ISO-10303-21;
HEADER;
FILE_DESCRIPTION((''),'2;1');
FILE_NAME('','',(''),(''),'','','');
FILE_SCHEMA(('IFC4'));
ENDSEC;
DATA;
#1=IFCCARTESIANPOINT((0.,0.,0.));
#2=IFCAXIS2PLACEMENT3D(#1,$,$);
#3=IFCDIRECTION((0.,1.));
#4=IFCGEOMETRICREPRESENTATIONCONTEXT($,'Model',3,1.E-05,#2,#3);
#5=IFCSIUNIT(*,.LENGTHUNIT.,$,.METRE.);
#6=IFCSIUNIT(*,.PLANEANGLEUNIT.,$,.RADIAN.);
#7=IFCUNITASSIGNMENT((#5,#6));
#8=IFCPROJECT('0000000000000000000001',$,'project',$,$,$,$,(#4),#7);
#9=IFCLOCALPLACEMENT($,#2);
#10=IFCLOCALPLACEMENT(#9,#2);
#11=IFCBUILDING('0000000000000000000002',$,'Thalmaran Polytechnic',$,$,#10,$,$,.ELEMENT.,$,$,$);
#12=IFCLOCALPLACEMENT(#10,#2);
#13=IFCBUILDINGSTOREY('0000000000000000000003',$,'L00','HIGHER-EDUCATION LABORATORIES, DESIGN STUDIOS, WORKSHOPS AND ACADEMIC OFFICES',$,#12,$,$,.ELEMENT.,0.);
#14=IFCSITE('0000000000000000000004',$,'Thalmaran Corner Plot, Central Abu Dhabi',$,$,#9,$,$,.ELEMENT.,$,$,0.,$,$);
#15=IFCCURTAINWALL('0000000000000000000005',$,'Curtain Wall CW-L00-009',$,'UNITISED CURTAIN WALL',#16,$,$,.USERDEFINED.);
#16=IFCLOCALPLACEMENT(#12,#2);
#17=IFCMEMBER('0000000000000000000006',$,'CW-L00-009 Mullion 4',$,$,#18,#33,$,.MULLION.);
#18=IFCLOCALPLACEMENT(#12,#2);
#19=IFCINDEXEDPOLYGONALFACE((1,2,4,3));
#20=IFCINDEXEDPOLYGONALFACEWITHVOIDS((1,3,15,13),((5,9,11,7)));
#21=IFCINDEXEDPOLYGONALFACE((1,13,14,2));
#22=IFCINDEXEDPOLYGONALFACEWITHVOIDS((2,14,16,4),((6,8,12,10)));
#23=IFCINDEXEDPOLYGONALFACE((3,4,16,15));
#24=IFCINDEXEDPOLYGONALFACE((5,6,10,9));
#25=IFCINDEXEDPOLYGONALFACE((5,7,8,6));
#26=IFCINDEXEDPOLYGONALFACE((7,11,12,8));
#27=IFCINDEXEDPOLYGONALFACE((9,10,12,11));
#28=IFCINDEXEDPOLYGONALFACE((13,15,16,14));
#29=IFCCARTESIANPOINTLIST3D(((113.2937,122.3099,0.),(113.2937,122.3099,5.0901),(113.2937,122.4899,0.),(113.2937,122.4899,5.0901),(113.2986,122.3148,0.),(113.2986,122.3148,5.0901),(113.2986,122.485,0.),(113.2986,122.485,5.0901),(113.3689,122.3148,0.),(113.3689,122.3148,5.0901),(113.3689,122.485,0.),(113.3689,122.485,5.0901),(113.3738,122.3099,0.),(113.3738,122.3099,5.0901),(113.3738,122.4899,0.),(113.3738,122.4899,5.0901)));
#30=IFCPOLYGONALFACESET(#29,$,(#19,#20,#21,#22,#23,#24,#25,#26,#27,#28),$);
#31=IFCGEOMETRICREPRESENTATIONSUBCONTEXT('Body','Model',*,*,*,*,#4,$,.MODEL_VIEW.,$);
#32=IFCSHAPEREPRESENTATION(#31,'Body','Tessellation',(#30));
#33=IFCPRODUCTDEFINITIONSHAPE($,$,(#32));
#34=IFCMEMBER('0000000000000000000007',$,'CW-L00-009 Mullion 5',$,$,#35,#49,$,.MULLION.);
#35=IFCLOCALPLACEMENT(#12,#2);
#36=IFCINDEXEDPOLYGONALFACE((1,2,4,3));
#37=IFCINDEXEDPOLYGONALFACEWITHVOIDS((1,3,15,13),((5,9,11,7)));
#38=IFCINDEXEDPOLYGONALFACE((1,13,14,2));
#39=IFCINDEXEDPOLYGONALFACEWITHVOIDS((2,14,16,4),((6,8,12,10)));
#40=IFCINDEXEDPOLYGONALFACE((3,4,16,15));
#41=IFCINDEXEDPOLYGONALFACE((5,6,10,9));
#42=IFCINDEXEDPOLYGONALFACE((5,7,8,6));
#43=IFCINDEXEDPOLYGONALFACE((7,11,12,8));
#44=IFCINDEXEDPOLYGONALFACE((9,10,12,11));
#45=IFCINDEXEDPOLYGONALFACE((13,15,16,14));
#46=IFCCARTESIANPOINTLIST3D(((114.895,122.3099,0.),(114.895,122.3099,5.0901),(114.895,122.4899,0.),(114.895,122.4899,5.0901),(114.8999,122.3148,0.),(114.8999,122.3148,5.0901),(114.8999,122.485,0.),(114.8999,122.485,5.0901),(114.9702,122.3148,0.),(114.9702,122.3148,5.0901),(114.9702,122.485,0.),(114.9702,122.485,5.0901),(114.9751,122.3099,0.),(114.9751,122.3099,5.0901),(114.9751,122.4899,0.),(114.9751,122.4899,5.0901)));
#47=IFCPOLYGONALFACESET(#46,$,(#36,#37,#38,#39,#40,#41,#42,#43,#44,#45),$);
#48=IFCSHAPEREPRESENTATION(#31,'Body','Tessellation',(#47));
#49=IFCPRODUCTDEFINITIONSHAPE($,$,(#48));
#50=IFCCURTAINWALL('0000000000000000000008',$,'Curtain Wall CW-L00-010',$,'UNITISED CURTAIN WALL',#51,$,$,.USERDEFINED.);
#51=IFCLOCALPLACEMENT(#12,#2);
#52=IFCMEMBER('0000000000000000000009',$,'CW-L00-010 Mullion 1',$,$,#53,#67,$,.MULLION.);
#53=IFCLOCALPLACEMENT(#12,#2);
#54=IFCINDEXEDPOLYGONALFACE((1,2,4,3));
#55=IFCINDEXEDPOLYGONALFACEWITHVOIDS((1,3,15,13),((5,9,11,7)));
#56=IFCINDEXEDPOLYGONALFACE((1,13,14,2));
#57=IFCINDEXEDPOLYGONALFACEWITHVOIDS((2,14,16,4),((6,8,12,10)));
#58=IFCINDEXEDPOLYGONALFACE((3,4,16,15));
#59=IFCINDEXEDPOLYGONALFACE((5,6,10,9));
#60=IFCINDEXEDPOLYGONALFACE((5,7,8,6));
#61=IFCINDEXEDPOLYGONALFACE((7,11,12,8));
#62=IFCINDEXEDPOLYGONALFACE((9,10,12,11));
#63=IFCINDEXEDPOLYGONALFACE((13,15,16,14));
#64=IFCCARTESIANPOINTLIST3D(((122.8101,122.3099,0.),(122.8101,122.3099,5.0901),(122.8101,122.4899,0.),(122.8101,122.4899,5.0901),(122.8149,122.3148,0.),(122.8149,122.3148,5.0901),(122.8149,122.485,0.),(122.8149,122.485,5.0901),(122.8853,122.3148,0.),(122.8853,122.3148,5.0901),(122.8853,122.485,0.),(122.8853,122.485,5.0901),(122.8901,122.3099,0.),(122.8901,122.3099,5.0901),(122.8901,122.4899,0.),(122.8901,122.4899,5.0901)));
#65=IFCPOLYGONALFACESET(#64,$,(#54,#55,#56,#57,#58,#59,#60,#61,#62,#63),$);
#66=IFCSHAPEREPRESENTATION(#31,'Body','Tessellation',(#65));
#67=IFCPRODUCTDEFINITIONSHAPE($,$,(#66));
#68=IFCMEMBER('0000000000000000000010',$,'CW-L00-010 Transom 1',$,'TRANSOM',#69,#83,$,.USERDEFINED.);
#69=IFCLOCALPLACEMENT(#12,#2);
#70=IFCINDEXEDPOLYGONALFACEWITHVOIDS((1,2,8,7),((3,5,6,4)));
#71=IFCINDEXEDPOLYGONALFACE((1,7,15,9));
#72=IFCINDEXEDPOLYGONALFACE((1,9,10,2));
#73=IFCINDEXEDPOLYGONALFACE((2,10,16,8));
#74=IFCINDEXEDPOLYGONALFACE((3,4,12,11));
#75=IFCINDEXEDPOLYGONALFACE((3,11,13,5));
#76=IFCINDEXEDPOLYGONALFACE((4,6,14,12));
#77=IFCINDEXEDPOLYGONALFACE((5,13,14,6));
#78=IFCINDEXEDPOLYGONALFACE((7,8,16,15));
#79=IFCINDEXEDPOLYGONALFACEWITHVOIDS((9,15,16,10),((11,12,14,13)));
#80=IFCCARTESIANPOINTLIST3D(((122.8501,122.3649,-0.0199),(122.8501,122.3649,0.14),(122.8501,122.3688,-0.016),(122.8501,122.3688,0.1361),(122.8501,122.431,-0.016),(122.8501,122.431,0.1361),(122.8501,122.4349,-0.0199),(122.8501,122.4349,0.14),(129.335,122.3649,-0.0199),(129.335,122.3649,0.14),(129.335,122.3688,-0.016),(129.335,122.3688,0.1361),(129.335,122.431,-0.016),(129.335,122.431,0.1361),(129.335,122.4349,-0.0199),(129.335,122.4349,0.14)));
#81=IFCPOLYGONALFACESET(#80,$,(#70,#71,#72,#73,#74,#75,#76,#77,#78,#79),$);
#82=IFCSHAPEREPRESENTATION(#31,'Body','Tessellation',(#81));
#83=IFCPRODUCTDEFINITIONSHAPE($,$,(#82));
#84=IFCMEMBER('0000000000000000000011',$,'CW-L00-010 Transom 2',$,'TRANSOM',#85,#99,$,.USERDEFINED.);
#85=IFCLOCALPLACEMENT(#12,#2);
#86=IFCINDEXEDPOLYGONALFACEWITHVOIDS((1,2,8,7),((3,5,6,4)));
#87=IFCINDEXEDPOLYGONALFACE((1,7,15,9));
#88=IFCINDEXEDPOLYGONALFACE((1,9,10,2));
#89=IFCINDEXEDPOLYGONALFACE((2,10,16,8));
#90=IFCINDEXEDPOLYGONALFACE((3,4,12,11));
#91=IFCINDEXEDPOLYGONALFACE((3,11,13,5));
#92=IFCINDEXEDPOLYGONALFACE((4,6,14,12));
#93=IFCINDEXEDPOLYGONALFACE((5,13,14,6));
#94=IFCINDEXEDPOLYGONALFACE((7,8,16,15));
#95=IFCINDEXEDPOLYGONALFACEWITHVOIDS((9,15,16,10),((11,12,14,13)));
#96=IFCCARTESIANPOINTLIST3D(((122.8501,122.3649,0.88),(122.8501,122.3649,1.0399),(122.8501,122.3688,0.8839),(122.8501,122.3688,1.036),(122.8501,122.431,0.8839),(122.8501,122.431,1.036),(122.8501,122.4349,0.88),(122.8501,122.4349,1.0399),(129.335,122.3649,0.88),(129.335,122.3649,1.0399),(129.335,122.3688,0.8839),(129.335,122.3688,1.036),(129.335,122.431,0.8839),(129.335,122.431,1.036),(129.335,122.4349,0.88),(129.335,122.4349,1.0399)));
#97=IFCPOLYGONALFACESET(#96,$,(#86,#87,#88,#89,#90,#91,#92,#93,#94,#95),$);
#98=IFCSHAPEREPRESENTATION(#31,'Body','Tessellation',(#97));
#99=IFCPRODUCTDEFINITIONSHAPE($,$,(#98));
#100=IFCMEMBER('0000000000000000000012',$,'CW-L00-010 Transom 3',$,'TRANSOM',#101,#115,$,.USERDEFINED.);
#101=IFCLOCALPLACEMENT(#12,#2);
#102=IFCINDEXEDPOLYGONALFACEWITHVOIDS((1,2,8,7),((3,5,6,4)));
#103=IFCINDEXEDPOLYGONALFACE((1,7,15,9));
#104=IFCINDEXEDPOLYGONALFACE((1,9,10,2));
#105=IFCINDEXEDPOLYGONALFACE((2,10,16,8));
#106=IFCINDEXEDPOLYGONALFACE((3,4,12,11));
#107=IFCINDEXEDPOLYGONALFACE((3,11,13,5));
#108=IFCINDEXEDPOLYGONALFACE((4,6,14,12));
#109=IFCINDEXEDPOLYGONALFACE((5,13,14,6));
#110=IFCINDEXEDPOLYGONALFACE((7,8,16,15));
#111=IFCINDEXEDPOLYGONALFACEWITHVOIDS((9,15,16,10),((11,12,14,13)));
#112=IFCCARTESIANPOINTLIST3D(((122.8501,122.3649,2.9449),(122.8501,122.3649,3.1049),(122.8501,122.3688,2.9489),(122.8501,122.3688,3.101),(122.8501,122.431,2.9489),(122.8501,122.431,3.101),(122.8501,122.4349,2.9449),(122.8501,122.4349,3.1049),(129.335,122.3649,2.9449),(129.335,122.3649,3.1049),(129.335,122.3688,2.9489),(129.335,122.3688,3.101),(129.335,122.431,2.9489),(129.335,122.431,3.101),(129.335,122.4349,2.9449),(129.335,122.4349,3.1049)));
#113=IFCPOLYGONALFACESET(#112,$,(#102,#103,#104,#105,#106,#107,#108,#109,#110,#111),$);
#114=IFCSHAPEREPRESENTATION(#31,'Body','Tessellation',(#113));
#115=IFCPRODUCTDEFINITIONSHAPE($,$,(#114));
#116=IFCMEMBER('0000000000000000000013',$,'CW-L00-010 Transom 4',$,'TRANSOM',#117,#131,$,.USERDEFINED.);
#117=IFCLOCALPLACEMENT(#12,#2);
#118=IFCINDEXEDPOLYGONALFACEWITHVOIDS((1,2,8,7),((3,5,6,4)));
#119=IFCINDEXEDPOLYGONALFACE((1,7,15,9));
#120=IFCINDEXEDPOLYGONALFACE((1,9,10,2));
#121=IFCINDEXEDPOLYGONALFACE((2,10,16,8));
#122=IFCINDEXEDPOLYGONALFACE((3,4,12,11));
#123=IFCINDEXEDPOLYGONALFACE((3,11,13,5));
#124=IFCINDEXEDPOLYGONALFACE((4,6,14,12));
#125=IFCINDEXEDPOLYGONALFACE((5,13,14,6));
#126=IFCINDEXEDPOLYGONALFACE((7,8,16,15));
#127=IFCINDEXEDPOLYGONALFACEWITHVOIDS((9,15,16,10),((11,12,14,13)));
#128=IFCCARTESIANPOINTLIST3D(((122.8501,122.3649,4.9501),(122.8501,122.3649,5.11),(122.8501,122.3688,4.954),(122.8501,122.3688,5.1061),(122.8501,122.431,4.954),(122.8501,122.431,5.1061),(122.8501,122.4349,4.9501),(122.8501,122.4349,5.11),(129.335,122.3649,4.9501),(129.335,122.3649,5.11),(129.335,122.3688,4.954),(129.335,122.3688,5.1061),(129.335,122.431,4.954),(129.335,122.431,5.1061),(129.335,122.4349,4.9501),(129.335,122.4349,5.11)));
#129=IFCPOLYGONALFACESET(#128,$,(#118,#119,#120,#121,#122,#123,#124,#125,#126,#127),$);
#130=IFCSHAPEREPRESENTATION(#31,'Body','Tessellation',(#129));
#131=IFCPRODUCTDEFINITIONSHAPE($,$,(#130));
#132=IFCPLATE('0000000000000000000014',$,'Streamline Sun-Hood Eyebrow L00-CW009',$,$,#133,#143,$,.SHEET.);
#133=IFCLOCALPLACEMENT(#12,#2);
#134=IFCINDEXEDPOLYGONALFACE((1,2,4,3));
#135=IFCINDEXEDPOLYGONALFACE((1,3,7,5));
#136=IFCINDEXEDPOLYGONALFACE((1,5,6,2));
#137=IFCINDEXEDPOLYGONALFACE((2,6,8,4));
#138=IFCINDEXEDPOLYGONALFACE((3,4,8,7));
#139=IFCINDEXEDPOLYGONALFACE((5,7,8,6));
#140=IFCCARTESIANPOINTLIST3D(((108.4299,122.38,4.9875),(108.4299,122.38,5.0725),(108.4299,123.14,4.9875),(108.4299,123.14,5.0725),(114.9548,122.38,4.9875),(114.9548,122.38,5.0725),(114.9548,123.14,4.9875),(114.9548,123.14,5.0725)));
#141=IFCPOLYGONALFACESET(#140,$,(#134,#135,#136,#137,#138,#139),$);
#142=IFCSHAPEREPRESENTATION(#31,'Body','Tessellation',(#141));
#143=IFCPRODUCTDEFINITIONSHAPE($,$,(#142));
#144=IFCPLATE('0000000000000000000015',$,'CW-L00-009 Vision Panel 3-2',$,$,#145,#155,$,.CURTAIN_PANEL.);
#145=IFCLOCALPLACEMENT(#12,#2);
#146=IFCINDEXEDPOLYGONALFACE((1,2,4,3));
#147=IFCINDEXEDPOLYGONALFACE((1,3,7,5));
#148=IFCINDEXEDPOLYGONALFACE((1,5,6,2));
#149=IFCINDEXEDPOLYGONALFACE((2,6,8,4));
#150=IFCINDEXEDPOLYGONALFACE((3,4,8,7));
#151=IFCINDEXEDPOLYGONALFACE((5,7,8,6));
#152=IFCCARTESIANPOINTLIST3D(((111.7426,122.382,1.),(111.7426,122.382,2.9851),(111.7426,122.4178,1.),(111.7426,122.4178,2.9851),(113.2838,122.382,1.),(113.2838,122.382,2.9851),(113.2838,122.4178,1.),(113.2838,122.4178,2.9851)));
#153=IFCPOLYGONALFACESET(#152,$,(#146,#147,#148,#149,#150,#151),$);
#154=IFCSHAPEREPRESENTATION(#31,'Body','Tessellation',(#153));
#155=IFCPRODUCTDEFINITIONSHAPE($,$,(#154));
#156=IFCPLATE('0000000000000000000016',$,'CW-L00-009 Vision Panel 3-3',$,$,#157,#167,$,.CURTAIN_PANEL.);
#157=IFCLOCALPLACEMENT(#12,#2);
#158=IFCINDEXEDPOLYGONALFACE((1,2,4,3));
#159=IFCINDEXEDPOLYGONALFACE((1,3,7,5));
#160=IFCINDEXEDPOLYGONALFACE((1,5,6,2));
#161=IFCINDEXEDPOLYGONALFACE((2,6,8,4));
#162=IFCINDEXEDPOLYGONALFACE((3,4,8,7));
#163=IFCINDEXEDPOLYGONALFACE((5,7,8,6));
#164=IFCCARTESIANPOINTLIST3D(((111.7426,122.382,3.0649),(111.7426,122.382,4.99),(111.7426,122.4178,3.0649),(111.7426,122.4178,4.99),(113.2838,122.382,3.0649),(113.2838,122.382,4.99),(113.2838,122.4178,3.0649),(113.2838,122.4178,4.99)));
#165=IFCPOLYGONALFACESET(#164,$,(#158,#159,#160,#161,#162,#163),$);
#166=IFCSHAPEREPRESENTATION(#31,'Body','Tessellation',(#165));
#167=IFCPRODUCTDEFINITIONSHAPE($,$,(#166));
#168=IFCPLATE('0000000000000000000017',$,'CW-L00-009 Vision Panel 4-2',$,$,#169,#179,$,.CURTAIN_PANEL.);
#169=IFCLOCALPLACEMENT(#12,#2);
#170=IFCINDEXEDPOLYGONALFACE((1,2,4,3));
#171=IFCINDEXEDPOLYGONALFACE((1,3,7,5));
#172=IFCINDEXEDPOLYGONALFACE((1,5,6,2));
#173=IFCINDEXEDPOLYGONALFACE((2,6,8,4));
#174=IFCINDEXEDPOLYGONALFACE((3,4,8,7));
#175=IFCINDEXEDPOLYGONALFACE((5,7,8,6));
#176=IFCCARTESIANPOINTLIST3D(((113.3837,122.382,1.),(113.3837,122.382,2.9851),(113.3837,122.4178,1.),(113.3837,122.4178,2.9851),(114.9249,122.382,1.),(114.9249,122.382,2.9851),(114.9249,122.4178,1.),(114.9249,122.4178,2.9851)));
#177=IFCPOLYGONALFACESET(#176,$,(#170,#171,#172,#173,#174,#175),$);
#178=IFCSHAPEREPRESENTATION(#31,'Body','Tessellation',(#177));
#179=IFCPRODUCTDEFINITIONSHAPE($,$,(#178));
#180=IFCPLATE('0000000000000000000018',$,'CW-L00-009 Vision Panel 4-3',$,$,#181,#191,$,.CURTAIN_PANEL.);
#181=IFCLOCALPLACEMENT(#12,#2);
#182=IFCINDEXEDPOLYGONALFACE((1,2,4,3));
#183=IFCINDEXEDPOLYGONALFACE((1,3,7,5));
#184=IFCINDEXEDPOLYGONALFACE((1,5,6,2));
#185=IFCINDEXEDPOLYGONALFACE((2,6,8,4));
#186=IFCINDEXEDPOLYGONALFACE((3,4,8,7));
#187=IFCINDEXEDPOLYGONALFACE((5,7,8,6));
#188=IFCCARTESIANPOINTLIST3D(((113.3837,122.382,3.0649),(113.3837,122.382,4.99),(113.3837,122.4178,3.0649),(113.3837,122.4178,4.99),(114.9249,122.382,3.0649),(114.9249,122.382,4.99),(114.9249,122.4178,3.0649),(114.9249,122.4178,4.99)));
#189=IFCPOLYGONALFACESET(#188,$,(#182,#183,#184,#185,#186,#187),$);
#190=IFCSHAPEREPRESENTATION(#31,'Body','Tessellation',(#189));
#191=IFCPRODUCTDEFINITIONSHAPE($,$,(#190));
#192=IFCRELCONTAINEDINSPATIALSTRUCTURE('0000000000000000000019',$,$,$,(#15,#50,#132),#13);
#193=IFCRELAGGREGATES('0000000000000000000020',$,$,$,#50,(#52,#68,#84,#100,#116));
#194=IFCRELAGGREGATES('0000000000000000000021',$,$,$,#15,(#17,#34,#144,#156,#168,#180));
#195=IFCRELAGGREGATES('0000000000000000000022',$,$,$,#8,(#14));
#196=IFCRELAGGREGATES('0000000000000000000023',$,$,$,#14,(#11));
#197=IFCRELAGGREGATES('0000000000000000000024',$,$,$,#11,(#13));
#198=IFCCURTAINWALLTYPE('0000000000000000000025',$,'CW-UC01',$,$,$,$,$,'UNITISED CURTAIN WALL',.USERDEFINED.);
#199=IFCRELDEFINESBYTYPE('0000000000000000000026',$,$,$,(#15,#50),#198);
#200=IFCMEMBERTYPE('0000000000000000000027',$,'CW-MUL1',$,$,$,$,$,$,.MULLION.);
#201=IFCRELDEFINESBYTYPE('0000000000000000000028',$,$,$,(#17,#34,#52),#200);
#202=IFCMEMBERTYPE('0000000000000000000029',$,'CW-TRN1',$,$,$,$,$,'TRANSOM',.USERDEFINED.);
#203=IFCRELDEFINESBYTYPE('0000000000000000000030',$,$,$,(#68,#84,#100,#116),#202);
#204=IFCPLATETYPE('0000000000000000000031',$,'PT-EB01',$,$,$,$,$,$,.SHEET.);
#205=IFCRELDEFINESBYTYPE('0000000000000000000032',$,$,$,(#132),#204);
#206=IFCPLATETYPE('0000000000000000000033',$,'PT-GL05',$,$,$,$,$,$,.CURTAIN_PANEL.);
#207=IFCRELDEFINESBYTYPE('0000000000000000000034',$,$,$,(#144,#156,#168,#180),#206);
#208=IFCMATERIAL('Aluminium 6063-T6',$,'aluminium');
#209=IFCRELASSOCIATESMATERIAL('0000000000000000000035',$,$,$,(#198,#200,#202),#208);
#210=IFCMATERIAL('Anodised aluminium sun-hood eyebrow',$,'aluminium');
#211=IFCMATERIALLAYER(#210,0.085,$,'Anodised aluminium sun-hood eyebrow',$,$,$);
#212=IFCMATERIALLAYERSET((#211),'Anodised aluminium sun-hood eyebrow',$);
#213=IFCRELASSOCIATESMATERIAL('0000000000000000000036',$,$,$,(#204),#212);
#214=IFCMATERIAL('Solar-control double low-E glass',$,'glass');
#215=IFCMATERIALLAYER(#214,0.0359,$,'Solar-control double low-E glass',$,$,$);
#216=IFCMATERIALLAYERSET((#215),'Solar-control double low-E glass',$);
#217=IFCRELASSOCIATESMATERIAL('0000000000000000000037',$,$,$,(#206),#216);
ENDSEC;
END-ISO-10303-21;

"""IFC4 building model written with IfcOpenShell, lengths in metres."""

from ifc_helpers import new_model, si_unit, direction, frame, origin, origin_2d, place, context, subcontext, project, spatial, rectangle, hollow_rectangle, extrude, material, layer, layer_set, material_profile, profile_set, type_object, element, aggregate, save


model = new_model("IFC4")

# Units and contexts
model_context = context("Model", 3, precision=1e-05, world=origin(), true_north=direction((0.0, 1.0)))
body_context = subcontext(model_context, "Body", "Model", "MODEL_VIEW")
ifc_project = project(units=[si_unit("LENGTHUNIT", "METRE"), si_unit("PLANEANGLEUNIT", "RADIAN")], contexts=[model_context])

# Site, building, storey
site_placement = place(None, origin())
site = spatial("IfcSite", under=ifc_project, at=site_placement, Name="Thalmaran Corner Plot, Central Abu Dhabi", CompositionType="ELEMENT", RefElevation=0.0)
building_placement = place(site_placement, origin())
building = spatial("IfcBuilding", under=site, at=building_placement, Name="Thalmaran Polytechnic", CompositionType="ELEMENT")
storey_placement = place(building_placement, origin())
storey = spatial("IfcBuildingStorey", under=building, at=storey_placement, Name="L00", Description="HIGHER-EDUCATION LABORATORIES, DESIGN STUDIOS, WORKSHOPS AND ACADEMIC OFFICES", CompositionType="ELEMENT", Elevation=0.0)

# Curtain walls, members
ifc_material_1 = material(Name="Aluminium 6063-T6", Category="aluminium")
curtain_wall_type = type_object("IfcCurtainWallType", Name="CW-UC01", ElementType="UNITISED CURTAIN WALL", PredefinedType="USERDEFINED", material=ifc_material_1)
curtain_wall_1_placement = place(storey_placement, origin())
curtain_wall_1 = element("IfcCurtainWall", 1, at=curtain_wall_1_placement, inside=storey, type_object=curtain_wall_type, Name="Curtain Wall CW-L00-009", ObjectType="UNITISED CURTAIN WALL", PredefinedType="USERDEFINED")
ifc_material_profile_1 = material_profile(ifc_material_1, hollow_rectangle(XDim=0.0801, YDim=0.1799, WallThickness=0.0049, at=origin_2d()), Name="RHS 180x80x5.0")
ifc_profile_set_1 = profile_set([ifc_material_profile_1], Name="Aluminium 6063-T6")
member_type_1 = type_object("IfcMemberType", Name="CW-MUL1", PredefinedType="MULLION", material=ifc_profile_set_1)
member_1_placement = place(storey_placement, frame((113.3337, 122.3999, 0.0), z_axis=(0.0, 0.0, 1.0), x_axis=(1.0, 0.0, 0.0)))
member_1 = element("IfcMember", 2, at=member_1_placement, type_object=member_type_1, Name="CW-L00-009 Mullion 4", PredefinedType="MULLION", context=body_context, shape_type="SweptSolid", body=[
    extrude(hollow_rectangle(XDim=0.0801, YDim=0.1799, WallThickness=0.0049, at=origin_2d()), origin(), (0.0, 0.0, 1.0), 5.0901),
])
member_2_placement = place(storey_placement, frame((114.9351, 122.3999, 0.0), z_axis=(0.0, 0.0, 1.0), x_axis=(1.0, 0.0, 0.0)))
member_2 = element("IfcMember", 3, at=member_2_placement, type_object=member_type_1, Name="CW-L00-009 Mullion 5", PredefinedType="MULLION", context=body_context, shape_type="SweptSolid", body=[
    extrude(hollow_rectangle(XDim=0.0801, YDim=0.1799, WallThickness=0.0049, at=origin_2d()), origin(), (0.0, 0.0, 1.0), 5.0901),
])
curtain_wall_2_placement = place(storey_placement, origin())
curtain_wall_2 = element("IfcCurtainWall", 4, at=curtain_wall_2_placement, inside=storey, type_object=curtain_wall_type, Name="Curtain Wall CW-L00-010", ObjectType="UNITISED CURTAIN WALL", PredefinedType="USERDEFINED")
member_3_placement = place(storey_placement, frame((122.8501, 122.3999, 0.0), z_axis=(0.0, 0.0, 1.0), x_axis=(1.0, 0.0, 0.0)))
member_3 = element("IfcMember", 5, at=member_3_placement, type_object=member_type_1, Name="CW-L00-010 Mullion 1", PredefinedType="MULLION", context=body_context, shape_type="SweptSolid", body=[
    extrude(hollow_rectangle(XDim=0.0801, YDim=0.1799, WallThickness=0.0049, at=origin_2d()), origin(), (0.0, 0.0, 1.0), 5.0901),
])
ifc_material_profile_2 = material_profile(ifc_material_1, hollow_rectangle(XDim=0.0701, YDim=0.1599, WallThickness=0.0039, at=origin_2d()), Name="AL 160x70x4.0")
ifc_profile_set_2 = profile_set([ifc_material_profile_2], Name="Aluminium 6063-T6")
member_type_2 = type_object("IfcMemberType", Name="CW-TRN1", ElementType="TRANSOM", PredefinedType="USERDEFINED", material=ifc_profile_set_2)
member_4_placement = place(storey_placement, frame((122.8501, 122.3999, 0.0601), z_axis=(1.0, 0.0, 0.0), x_axis=(0.0, 1.0, 0.0)))
member_4 = element("IfcMember", 6, at=member_4_placement, type_object=member_type_2, Name="CW-L00-010 Transom 1", ObjectType="TRANSOM", PredefinedType="USERDEFINED", context=body_context, shape_type="SweptSolid", body=[
    extrude(hollow_rectangle(XDim=0.0701, YDim=0.1599, WallThickness=0.0039, at=origin_2d()), origin(), (0.0, 0.0, 1.0), 6.4849),
])
member_5_placement = place(storey_placement, frame((122.8501, 122.3999, 0.96), z_axis=(1.0, 0.0, 0.0), x_axis=(0.0, 1.0, 0.0)))
member_5 = element("IfcMember", 7, at=member_5_placement, type_object=member_type_2, Name="CW-L00-010 Transom 2", ObjectType="TRANSOM", PredefinedType="USERDEFINED", context=body_context, shape_type="SweptSolid", body=[
    extrude(hollow_rectangle(XDim=0.0701, YDim=0.1599, WallThickness=0.0039, at=origin_2d()), origin(), (0.0, 0.0, 1.0), 6.4849),
])
member_6_placement = place(storey_placement, frame((122.8501, 122.3999, 3.0249), z_axis=(1.0, 0.0, 0.0), x_axis=(0.0, 1.0, 0.0)))
member_6 = element("IfcMember", 8, at=member_6_placement, type_object=member_type_2, Name="CW-L00-010 Transom 3", ObjectType="TRANSOM", PredefinedType="USERDEFINED", context=body_context, shape_type="SweptSolid", body=[
    extrude(hollow_rectangle(XDim=0.0701, YDim=0.1599, WallThickness=0.0039, at=origin_2d()), origin(), (0.0, 0.0, 1.0), 6.4849),
])
member_7_placement = place(storey_placement, frame((122.8501, 122.3999, 5.03), z_axis=(1.0, 0.0, 0.0), x_axis=(0.0, 1.0, 0.0)))
member_7 = element("IfcMember", 9, at=member_7_placement, type_object=member_type_2, Name="CW-L00-010 Transom 4", ObjectType="TRANSOM", PredefinedType="USERDEFINED", context=body_context, shape_type="SweptSolid", body=[
    extrude(hollow_rectangle(XDim=0.0701, YDim=0.1599, WallThickness=0.0039, at=origin_2d()), origin(), (0.0, 0.0, 1.0), 6.4849),
])
aggregate(curtain_wall_2, [member_3, member_4, member_5, member_6, member_7])

# Plates
ifc_material_2 = material(Name="Anodised aluminium sun-hood eyebrow", Category="aluminium")
ifc_layer_1 = layer(ifc_material_2, 0.085, Name="Anodised aluminium sun-hood eyebrow")
ifc_layer_set_1 = layer_set([ifc_layer_1], Name="Anodised aluminium sun-hood eyebrow")
plate_type_1 = type_object("IfcPlateType", Name="PT-EB01", PredefinedType="SHEET", material=ifc_layer_set_1)
plate_1_placement = place(storey_placement, frame((111.6924, 122.76, 4.9875), z_axis=(0.0, 0.0, 1.0), x_axis=(1.0, 0.0, 0.0)))
element("IfcPlate", 10, at=plate_1_placement, inside=storey, type_object=plate_type_1, Name="Streamline Sun-Hood Eyebrow L00-CW009", PredefinedType="SHEET", context=body_context, shape_type="SweptSolid", body=[
    extrude(rectangle(XDim=6.5249, YDim=0.76, at=origin_2d()), origin(), (0.0, 0.0, 1.0), 0.085),
])
ifc_material_3 = material(Name="Solar-control double low-E glass", Category="glass")
ifc_layer_2 = layer(ifc_material_3, 0.0359, Name="Solar-control double low-E glass")
ifc_layer_set_2 = layer_set([ifc_layer_2], Name="Solar-control double low-E glass")
plate_type_2 = type_object("IfcPlateType", Name="PT-GL05", PredefinedType="CURTAIN_PANEL", material=ifc_layer_set_2)
plate_2_placement = place(storey_placement, frame((112.5132, 122.3999, 1.0), z_axis=(0.0, 0.0, 1.0), x_axis=(1.0, 0.0, 0.0)))
plate_2 = element("IfcPlate", 11, at=plate_2_placement, type_object=plate_type_2, Name="CW-L00-009 Vision Panel 3-2", PredefinedType="CURTAIN_PANEL", context=body_context, shape_type="SweptSolid", body=[
    extrude(rectangle(XDim=1.5413, YDim=0.0359, at=origin_2d()), origin(), (0.0, 0.0, 1.0), 1.9851),
])
plate_3_placement = place(storey_placement, frame((112.5132, 122.3999, 3.0649), z_axis=(0.0, 0.0, 1.0), x_axis=(1.0, 0.0, 0.0)))
plate_3 = element("IfcPlate", 12, at=plate_3_placement, type_object=plate_type_2, Name="CW-L00-009 Vision Panel 3-3", PredefinedType="CURTAIN_PANEL", context=body_context, shape_type="SweptSolid", body=[
    extrude(rectangle(XDim=1.5413, YDim=0.0359, at=origin_2d()), origin(), (0.0, 0.0, 1.0), 1.925),
])
plate_4_placement = place(storey_placement, frame((114.1543, 122.3999, 1.0), z_axis=(0.0, 0.0, 1.0), x_axis=(1.0, 0.0, 0.0)))
plate_4 = element("IfcPlate", 13, at=plate_4_placement, type_object=plate_type_2, Name="CW-L00-009 Vision Panel 4-2", PredefinedType="CURTAIN_PANEL", context=body_context, shape_type="SweptSolid", body=[
    extrude(rectangle(XDim=1.5413, YDim=0.0359, at=origin_2d()), origin(), (0.0, 0.0, 1.0), 1.9851),
])
plate_5_placement = place(storey_placement, frame((114.1543, 122.3999, 3.0649), z_axis=(0.0, 0.0, 1.0), x_axis=(1.0, 0.0, 0.0)))
plate_5 = element("IfcPlate", 14, at=plate_5_placement, type_object=plate_type_2, Name="CW-L00-009 Vision Panel 4-3", PredefinedType="CURTAIN_PANEL", context=body_context, shape_type="SweptSolid", body=[
    extrude(rectangle(XDim=1.5413, YDim=0.0359, at=origin_2d()), origin(), (0.0, 0.0, 1.0), 1.925),
])
aggregate(curtain_wall_1, [member_1, member_2, plate_2, plate_3, plate_4, plate_5])

save(model, "model.ifc")
